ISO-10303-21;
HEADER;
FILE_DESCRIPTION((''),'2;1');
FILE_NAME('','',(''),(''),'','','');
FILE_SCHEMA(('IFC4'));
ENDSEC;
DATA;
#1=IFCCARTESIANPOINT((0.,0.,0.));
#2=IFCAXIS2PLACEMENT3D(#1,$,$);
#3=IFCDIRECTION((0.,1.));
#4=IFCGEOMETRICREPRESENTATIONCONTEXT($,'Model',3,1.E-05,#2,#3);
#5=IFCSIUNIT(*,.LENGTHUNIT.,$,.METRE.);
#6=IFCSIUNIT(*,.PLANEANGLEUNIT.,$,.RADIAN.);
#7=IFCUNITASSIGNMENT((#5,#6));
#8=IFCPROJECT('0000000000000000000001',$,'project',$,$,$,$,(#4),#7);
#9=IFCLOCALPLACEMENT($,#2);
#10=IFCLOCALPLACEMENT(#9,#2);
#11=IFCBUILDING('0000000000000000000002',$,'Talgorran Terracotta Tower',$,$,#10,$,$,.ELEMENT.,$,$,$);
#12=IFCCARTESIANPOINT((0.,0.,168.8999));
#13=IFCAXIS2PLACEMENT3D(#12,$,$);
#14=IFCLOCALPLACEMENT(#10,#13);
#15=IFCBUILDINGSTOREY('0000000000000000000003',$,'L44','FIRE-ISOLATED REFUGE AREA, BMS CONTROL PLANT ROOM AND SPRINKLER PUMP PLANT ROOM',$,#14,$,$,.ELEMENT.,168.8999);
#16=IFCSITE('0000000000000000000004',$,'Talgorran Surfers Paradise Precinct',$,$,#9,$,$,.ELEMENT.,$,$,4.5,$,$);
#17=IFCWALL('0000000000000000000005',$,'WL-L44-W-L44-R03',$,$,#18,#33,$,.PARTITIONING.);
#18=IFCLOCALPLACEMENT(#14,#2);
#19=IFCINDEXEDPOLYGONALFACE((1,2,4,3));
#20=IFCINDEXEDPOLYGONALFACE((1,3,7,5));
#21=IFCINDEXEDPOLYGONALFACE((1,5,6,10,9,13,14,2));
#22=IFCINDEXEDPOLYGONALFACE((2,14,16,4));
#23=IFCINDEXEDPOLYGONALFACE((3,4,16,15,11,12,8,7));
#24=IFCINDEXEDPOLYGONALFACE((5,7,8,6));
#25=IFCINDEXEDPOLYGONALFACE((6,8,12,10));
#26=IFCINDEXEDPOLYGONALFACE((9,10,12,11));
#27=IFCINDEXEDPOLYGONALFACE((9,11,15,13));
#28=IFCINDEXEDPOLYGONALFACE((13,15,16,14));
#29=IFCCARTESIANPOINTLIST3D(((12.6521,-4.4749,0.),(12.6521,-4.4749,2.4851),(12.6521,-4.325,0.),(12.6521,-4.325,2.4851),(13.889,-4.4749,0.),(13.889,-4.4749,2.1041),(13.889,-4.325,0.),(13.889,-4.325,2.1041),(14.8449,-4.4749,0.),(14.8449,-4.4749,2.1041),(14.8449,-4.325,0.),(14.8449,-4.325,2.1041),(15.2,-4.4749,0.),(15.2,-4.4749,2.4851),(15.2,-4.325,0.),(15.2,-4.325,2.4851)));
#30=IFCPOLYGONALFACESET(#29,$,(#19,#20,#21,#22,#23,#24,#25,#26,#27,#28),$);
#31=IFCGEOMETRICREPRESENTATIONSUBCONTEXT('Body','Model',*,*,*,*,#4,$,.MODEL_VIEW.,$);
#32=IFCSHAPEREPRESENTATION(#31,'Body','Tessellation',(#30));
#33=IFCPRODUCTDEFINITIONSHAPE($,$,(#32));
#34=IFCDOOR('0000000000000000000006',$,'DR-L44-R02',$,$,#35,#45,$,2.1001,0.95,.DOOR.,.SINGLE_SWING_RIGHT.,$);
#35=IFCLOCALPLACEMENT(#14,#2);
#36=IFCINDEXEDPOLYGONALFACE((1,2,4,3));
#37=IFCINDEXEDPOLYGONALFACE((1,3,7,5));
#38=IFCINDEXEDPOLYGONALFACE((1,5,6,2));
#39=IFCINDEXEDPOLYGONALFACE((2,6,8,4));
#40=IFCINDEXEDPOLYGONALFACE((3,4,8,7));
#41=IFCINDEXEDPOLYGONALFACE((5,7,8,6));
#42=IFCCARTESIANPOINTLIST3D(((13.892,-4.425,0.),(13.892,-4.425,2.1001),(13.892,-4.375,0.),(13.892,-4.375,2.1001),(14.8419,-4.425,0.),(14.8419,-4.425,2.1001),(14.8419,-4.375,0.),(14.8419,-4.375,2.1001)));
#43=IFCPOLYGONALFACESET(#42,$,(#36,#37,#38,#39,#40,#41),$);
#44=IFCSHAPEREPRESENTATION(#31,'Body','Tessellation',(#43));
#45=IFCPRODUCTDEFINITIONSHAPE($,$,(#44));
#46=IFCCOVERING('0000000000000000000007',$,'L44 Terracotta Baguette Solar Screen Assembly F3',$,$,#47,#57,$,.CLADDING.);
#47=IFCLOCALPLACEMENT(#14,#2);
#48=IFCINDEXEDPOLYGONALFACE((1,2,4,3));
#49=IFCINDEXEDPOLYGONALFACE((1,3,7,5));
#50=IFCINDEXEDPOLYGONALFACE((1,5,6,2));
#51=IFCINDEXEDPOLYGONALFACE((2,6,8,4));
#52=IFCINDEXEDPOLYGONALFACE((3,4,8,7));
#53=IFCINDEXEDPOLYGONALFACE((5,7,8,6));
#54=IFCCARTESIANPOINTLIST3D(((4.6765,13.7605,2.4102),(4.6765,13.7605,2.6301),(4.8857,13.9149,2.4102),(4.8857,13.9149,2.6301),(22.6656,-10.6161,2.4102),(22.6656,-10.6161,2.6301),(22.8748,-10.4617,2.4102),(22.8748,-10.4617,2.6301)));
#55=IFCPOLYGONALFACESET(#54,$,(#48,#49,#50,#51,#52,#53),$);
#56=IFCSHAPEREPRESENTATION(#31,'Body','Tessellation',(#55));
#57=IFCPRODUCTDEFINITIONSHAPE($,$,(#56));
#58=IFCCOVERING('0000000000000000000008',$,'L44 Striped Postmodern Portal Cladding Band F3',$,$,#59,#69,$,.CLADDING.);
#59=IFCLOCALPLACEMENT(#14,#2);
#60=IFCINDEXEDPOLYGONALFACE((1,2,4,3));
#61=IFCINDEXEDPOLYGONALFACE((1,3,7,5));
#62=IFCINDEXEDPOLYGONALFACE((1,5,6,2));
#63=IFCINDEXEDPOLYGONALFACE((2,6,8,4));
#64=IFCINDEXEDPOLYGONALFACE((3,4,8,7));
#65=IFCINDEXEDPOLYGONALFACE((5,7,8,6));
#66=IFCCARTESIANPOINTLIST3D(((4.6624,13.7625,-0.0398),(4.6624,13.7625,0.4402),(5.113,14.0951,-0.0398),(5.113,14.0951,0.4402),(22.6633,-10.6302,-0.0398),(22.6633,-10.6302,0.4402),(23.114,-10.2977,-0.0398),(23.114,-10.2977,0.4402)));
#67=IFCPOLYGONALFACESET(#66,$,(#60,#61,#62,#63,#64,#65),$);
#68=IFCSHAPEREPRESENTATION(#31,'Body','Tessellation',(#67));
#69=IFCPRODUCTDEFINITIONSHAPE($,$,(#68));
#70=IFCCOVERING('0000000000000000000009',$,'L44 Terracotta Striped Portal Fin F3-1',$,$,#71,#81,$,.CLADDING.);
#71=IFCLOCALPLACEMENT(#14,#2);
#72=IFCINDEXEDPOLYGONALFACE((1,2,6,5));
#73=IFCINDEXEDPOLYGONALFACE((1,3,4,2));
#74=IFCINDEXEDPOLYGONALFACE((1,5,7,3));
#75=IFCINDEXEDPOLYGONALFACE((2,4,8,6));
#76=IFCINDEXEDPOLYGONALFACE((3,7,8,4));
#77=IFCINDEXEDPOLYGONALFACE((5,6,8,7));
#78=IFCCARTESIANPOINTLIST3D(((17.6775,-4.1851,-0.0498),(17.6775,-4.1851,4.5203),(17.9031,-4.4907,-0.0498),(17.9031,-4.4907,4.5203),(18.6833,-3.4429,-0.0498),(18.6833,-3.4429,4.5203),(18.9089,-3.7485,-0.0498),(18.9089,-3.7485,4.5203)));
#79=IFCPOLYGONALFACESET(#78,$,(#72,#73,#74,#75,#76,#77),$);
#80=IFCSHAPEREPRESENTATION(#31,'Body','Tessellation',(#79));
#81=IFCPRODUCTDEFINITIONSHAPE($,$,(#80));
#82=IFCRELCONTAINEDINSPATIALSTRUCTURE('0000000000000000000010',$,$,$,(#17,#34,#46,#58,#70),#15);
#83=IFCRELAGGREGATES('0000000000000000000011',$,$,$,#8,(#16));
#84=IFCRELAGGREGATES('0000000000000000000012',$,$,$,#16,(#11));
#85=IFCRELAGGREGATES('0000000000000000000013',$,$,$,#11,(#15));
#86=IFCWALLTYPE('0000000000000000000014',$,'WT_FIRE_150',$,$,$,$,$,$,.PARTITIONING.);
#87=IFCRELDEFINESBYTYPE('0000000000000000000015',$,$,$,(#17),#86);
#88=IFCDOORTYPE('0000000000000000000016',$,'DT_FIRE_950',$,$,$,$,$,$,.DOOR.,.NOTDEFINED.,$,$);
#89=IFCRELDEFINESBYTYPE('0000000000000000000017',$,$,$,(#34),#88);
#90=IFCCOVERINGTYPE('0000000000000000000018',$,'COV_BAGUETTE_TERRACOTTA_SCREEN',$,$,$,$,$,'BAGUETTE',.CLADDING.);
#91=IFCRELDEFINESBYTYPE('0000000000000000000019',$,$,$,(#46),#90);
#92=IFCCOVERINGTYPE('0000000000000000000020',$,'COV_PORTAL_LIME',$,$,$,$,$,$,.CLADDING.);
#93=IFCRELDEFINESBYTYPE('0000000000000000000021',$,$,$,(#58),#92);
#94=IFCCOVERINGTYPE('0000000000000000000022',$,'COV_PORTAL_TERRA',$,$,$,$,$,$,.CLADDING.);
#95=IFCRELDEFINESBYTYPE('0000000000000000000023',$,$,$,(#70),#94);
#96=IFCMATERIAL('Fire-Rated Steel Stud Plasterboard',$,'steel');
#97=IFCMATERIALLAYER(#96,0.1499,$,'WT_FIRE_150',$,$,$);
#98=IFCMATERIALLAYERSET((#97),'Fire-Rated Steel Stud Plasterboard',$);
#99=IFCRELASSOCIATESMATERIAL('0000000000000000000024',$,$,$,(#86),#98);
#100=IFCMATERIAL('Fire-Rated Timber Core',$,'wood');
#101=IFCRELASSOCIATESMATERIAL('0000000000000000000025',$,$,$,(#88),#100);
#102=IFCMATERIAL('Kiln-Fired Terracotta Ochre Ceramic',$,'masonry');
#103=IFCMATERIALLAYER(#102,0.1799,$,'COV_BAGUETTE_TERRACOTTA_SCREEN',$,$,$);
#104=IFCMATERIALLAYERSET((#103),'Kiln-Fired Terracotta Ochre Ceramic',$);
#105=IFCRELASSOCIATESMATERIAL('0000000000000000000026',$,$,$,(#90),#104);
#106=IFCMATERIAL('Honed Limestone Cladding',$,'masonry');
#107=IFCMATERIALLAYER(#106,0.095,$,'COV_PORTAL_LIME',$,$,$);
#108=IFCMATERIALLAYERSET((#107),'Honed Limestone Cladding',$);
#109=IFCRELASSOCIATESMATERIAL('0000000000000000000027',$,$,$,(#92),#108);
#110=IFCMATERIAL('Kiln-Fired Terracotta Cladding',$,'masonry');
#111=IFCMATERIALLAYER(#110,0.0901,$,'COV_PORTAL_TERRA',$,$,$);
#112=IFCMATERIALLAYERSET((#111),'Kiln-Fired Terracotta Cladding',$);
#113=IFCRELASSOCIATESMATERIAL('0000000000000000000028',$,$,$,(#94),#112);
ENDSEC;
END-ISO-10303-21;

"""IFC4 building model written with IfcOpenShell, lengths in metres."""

from ifc_helpers import new_model, si_unit, direction, frame, frame_2d, origin, origin_2d, place, context, subcontext, project, spatial, rectangle, extrude, material, layer, layer_set, type_object, element, fill, save


model = new_model("IFC4")

# Units and contexts
model_context = context("Model", 3, precision=1e-05, world=origin(), true_north=direction((0.0, 1.0)))
body_context = subcontext(model_context, "Body", "Model", "MODEL_VIEW")
ifc_project = project(units=[si_unit("LENGTHUNIT", "METRE"), si_unit("PLANEANGLEUNIT", "RADIAN")], contexts=[model_context])

# Site, building, storey
site_placement = place(None, origin())
site = spatial("IfcSite", under=ifc_project, at=site_placement, Name="Talgorran Surfers Paradise Precinct", CompositionType="ELEMENT", RefElevation=4.5)
building_placement = place(site_placement, origin())
building = spatial("IfcBuilding", under=site, at=building_placement, Name="Talgorran Terracotta Tower", CompositionType="ELEMENT")
storey_placement = place(building_placement, frame((0.0, 0.0, 168.8999)))
storey = spatial("IfcBuildingStorey", under=building, at=storey_placement, Name="L44", Description="FIRE-ISOLATED REFUGE AREA, BMS CONTROL PLANT ROOM AND SPRINKLER PUMP PLANT ROOM", CompositionType="ELEMENT", Elevation=168.8999)

# Shared definitions
ifc_material_1 = material(Name="Fire-Rated Steel Stud Plasterboard", Category="steel")
ifc_layer_1 = layer(ifc_material_1, 0.1499, Name="WT_FIRE_150")
ifc_layer_set_1 = layer_set([ifc_layer_1], Name="Fire-Rated Steel Stud Plasterboard")
wall_type = type_object("IfcWallType", Name="WT_FIRE_150", PredefinedType="PARTITIONING", material=ifc_layer_set_1)

# Wall, opening, door
wall_1_placement = place(storey_placement, frame((12.6521, -4.3999, 0.0), z_axis=(0.0, 0.0, 1.0), x_axis=(1.0, 0.0, 0.0)))
wall_1 = element("IfcWall", 1, at=wall_1_placement, inside=storey, type_object=wall_type, Name="WL-L44-W-L44-R03", PredefinedType="PARTITIONING", context=body_context, shape_type="SweptSolid", body=[
    extrude(rectangle(XDim=2.5479, YDim=0.1499, at=frame_2d((1.2739, 0.0))), origin(), (0.0, 0.0, 1.0), 2.4851),
])
opening_placement = place(wall_1_placement, frame((1.2397, 0.0, 0.0)))
opening = element("IfcOpeningElement", 2, at=opening_placement, cuts=wall_1, PredefinedType="OPENING", context=body_context, shape_type="SweptSolid", body=[
    extrude(rectangle(XDim=0.956, YDim=2.1041, at=frame_2d((0.4751, 1.052))), frame((0.0, 0.085, 0.0), z_axis=(0.0, -1.0, 0.0), x_axis=(1.0, 0.0, 0.0)), (0.0, 0.0, 1.0), 0.1699),
])
ifc_material_2 = material(Name="Fire-Rated Timber Core", Category="wood")
door_type = type_object("IfcDoorType", Name="DT_FIRE_950", OperationType="NOTDEFINED", PredefinedType="DOOR", material=ifc_material_2)
door_placement = place(opening_placement, origin())
door = element("IfcDoor", 3, at=door_placement, inside=storey, type_object=door_type, Name="DR-L44-R02", OperationType="SINGLE_SWING_RIGHT", OverallHeight=2.1001, OverallWidth=0.95, PredefinedType="DOOR", context=body_context, shape_type="SweptSolid", body=[
    extrude(rectangle(XDim=0.95, YDim=2.1001, at=frame_2d((0.4751, 1.05))), frame((0.0, 0.0249, 0.0), z_axis=(0.0, -1.0, 0.0), x_axis=(1.0, 0.0, 0.0)), (0.0, 0.0, 1.0), 0.05),
])
fill(opening, door)

# Coverings
ifc_material_3 = material(Name="Kiln-Fired Terracotta Ochre Ceramic", Category="masonry")
ifc_layer_2 = layer(ifc_material_3, 0.1799, Name="COV_BAGUETTE_TERRACOTTA_SCREEN")
ifc_layer_set_2 = layer_set([ifc_layer_2], Name="Kiln-Fired Terracotta Ochre Ceramic")
covering_type_1 = type_object("IfcCoveringType", Name="COV_BAGUETTE_TERRACOTTA_SCREEN", ElementType="BAGUETTE", PredefinedType="CLADDING", material=ifc_layer_set_2)
covering_1_placement = place(storey_placement, frame((13.7756, 1.6494, 2.4102), z_axis=(0.0, 0.0, 1.0), x_axis=(-0.593784, 0.804624, 0.0)))
element("IfcCovering", 4, at=covering_1_placement, inside=storey, type_object=covering_type_1, Name="L44 Terracotta Baguette Solar Screen Assembly F3", PredefinedType="CLADDING", context=body_context, shape_type="SweptSolid", body=[
    extrude(rectangle(XDim=30.2957, YDim=0.26, at=origin_2d()), origin(), (0.0, 0.0, 1.0), 0.22),
])
ifc_material_4 = material(Name="Honed Limestone Cladding", Category="masonry")
ifc_layer_3 = layer(ifc_material_4, 0.095, Name="COV_PORTAL_LIME")
ifc_layer_set_3 = layer_set([ifc_layer_3], Name="Honed Limestone Cladding")
covering_type_2 = type_object("IfcCoveringType", Name="COV_PORTAL_LIME", PredefinedType="CLADDING", material=ifc_layer_set_3)
covering_2_placement = place(storey_placement, frame((13.8882, 1.7324, -0.0398), z_axis=(0.0, 0.0, 1.0), x_axis=(-0.593784, 0.804624, 0.0)))
element("IfcCovering", 5, at=covering_2_placement, inside=storey, type_object=covering_type_2, Name="L44 Striped Postmodern Portal Cladding Band F3", PredefinedType="CLADDING", context=body_context, shape_type="SweptSolid", body=[
    extrude(rectangle(XDim=30.3157, YDim=0.5601, at=origin_2d()), origin(), (0.0, 0.0, 1.0), 0.48),
])
ifc_material_5 = material(Name="Kiln-Fired Terracotta Cladding", Category="masonry")
ifc_layer_4 = layer(ifc_material_5, 0.0901, Name="COV_PORTAL_TERRA")
ifc_layer_set_4 = layer_set([ifc_layer_4], Name="Kiln-Fired Terracotta Cladding")
covering_type_3 = type_object("IfcCoveringType", Name="COV_PORTAL_TERRA", PredefinedType="CLADDING", material=ifc_layer_set_4)
covering_3_placement = place(storey_placement, frame((18.2932, -3.9668, -0.0498), z_axis=(0.0, 0.0, 1.0), x_axis=(-0.593784, 0.804624, 0.0)))
element("IfcCovering", 6, at=covering_3_placement, inside=storey, type_object=covering_type_3, Name="L44 Terracotta Striped Portal Fin F3-1", PredefinedType="CLADDING", context=body_context, shape_type="SweptSolid", body=[
    extrude(rectangle(XDim=0.3799, YDim=1.25, at=origin_2d()), origin(), (0.0, 0.0, 1.0), 4.5701),
])

save(model, "model.ifc")
